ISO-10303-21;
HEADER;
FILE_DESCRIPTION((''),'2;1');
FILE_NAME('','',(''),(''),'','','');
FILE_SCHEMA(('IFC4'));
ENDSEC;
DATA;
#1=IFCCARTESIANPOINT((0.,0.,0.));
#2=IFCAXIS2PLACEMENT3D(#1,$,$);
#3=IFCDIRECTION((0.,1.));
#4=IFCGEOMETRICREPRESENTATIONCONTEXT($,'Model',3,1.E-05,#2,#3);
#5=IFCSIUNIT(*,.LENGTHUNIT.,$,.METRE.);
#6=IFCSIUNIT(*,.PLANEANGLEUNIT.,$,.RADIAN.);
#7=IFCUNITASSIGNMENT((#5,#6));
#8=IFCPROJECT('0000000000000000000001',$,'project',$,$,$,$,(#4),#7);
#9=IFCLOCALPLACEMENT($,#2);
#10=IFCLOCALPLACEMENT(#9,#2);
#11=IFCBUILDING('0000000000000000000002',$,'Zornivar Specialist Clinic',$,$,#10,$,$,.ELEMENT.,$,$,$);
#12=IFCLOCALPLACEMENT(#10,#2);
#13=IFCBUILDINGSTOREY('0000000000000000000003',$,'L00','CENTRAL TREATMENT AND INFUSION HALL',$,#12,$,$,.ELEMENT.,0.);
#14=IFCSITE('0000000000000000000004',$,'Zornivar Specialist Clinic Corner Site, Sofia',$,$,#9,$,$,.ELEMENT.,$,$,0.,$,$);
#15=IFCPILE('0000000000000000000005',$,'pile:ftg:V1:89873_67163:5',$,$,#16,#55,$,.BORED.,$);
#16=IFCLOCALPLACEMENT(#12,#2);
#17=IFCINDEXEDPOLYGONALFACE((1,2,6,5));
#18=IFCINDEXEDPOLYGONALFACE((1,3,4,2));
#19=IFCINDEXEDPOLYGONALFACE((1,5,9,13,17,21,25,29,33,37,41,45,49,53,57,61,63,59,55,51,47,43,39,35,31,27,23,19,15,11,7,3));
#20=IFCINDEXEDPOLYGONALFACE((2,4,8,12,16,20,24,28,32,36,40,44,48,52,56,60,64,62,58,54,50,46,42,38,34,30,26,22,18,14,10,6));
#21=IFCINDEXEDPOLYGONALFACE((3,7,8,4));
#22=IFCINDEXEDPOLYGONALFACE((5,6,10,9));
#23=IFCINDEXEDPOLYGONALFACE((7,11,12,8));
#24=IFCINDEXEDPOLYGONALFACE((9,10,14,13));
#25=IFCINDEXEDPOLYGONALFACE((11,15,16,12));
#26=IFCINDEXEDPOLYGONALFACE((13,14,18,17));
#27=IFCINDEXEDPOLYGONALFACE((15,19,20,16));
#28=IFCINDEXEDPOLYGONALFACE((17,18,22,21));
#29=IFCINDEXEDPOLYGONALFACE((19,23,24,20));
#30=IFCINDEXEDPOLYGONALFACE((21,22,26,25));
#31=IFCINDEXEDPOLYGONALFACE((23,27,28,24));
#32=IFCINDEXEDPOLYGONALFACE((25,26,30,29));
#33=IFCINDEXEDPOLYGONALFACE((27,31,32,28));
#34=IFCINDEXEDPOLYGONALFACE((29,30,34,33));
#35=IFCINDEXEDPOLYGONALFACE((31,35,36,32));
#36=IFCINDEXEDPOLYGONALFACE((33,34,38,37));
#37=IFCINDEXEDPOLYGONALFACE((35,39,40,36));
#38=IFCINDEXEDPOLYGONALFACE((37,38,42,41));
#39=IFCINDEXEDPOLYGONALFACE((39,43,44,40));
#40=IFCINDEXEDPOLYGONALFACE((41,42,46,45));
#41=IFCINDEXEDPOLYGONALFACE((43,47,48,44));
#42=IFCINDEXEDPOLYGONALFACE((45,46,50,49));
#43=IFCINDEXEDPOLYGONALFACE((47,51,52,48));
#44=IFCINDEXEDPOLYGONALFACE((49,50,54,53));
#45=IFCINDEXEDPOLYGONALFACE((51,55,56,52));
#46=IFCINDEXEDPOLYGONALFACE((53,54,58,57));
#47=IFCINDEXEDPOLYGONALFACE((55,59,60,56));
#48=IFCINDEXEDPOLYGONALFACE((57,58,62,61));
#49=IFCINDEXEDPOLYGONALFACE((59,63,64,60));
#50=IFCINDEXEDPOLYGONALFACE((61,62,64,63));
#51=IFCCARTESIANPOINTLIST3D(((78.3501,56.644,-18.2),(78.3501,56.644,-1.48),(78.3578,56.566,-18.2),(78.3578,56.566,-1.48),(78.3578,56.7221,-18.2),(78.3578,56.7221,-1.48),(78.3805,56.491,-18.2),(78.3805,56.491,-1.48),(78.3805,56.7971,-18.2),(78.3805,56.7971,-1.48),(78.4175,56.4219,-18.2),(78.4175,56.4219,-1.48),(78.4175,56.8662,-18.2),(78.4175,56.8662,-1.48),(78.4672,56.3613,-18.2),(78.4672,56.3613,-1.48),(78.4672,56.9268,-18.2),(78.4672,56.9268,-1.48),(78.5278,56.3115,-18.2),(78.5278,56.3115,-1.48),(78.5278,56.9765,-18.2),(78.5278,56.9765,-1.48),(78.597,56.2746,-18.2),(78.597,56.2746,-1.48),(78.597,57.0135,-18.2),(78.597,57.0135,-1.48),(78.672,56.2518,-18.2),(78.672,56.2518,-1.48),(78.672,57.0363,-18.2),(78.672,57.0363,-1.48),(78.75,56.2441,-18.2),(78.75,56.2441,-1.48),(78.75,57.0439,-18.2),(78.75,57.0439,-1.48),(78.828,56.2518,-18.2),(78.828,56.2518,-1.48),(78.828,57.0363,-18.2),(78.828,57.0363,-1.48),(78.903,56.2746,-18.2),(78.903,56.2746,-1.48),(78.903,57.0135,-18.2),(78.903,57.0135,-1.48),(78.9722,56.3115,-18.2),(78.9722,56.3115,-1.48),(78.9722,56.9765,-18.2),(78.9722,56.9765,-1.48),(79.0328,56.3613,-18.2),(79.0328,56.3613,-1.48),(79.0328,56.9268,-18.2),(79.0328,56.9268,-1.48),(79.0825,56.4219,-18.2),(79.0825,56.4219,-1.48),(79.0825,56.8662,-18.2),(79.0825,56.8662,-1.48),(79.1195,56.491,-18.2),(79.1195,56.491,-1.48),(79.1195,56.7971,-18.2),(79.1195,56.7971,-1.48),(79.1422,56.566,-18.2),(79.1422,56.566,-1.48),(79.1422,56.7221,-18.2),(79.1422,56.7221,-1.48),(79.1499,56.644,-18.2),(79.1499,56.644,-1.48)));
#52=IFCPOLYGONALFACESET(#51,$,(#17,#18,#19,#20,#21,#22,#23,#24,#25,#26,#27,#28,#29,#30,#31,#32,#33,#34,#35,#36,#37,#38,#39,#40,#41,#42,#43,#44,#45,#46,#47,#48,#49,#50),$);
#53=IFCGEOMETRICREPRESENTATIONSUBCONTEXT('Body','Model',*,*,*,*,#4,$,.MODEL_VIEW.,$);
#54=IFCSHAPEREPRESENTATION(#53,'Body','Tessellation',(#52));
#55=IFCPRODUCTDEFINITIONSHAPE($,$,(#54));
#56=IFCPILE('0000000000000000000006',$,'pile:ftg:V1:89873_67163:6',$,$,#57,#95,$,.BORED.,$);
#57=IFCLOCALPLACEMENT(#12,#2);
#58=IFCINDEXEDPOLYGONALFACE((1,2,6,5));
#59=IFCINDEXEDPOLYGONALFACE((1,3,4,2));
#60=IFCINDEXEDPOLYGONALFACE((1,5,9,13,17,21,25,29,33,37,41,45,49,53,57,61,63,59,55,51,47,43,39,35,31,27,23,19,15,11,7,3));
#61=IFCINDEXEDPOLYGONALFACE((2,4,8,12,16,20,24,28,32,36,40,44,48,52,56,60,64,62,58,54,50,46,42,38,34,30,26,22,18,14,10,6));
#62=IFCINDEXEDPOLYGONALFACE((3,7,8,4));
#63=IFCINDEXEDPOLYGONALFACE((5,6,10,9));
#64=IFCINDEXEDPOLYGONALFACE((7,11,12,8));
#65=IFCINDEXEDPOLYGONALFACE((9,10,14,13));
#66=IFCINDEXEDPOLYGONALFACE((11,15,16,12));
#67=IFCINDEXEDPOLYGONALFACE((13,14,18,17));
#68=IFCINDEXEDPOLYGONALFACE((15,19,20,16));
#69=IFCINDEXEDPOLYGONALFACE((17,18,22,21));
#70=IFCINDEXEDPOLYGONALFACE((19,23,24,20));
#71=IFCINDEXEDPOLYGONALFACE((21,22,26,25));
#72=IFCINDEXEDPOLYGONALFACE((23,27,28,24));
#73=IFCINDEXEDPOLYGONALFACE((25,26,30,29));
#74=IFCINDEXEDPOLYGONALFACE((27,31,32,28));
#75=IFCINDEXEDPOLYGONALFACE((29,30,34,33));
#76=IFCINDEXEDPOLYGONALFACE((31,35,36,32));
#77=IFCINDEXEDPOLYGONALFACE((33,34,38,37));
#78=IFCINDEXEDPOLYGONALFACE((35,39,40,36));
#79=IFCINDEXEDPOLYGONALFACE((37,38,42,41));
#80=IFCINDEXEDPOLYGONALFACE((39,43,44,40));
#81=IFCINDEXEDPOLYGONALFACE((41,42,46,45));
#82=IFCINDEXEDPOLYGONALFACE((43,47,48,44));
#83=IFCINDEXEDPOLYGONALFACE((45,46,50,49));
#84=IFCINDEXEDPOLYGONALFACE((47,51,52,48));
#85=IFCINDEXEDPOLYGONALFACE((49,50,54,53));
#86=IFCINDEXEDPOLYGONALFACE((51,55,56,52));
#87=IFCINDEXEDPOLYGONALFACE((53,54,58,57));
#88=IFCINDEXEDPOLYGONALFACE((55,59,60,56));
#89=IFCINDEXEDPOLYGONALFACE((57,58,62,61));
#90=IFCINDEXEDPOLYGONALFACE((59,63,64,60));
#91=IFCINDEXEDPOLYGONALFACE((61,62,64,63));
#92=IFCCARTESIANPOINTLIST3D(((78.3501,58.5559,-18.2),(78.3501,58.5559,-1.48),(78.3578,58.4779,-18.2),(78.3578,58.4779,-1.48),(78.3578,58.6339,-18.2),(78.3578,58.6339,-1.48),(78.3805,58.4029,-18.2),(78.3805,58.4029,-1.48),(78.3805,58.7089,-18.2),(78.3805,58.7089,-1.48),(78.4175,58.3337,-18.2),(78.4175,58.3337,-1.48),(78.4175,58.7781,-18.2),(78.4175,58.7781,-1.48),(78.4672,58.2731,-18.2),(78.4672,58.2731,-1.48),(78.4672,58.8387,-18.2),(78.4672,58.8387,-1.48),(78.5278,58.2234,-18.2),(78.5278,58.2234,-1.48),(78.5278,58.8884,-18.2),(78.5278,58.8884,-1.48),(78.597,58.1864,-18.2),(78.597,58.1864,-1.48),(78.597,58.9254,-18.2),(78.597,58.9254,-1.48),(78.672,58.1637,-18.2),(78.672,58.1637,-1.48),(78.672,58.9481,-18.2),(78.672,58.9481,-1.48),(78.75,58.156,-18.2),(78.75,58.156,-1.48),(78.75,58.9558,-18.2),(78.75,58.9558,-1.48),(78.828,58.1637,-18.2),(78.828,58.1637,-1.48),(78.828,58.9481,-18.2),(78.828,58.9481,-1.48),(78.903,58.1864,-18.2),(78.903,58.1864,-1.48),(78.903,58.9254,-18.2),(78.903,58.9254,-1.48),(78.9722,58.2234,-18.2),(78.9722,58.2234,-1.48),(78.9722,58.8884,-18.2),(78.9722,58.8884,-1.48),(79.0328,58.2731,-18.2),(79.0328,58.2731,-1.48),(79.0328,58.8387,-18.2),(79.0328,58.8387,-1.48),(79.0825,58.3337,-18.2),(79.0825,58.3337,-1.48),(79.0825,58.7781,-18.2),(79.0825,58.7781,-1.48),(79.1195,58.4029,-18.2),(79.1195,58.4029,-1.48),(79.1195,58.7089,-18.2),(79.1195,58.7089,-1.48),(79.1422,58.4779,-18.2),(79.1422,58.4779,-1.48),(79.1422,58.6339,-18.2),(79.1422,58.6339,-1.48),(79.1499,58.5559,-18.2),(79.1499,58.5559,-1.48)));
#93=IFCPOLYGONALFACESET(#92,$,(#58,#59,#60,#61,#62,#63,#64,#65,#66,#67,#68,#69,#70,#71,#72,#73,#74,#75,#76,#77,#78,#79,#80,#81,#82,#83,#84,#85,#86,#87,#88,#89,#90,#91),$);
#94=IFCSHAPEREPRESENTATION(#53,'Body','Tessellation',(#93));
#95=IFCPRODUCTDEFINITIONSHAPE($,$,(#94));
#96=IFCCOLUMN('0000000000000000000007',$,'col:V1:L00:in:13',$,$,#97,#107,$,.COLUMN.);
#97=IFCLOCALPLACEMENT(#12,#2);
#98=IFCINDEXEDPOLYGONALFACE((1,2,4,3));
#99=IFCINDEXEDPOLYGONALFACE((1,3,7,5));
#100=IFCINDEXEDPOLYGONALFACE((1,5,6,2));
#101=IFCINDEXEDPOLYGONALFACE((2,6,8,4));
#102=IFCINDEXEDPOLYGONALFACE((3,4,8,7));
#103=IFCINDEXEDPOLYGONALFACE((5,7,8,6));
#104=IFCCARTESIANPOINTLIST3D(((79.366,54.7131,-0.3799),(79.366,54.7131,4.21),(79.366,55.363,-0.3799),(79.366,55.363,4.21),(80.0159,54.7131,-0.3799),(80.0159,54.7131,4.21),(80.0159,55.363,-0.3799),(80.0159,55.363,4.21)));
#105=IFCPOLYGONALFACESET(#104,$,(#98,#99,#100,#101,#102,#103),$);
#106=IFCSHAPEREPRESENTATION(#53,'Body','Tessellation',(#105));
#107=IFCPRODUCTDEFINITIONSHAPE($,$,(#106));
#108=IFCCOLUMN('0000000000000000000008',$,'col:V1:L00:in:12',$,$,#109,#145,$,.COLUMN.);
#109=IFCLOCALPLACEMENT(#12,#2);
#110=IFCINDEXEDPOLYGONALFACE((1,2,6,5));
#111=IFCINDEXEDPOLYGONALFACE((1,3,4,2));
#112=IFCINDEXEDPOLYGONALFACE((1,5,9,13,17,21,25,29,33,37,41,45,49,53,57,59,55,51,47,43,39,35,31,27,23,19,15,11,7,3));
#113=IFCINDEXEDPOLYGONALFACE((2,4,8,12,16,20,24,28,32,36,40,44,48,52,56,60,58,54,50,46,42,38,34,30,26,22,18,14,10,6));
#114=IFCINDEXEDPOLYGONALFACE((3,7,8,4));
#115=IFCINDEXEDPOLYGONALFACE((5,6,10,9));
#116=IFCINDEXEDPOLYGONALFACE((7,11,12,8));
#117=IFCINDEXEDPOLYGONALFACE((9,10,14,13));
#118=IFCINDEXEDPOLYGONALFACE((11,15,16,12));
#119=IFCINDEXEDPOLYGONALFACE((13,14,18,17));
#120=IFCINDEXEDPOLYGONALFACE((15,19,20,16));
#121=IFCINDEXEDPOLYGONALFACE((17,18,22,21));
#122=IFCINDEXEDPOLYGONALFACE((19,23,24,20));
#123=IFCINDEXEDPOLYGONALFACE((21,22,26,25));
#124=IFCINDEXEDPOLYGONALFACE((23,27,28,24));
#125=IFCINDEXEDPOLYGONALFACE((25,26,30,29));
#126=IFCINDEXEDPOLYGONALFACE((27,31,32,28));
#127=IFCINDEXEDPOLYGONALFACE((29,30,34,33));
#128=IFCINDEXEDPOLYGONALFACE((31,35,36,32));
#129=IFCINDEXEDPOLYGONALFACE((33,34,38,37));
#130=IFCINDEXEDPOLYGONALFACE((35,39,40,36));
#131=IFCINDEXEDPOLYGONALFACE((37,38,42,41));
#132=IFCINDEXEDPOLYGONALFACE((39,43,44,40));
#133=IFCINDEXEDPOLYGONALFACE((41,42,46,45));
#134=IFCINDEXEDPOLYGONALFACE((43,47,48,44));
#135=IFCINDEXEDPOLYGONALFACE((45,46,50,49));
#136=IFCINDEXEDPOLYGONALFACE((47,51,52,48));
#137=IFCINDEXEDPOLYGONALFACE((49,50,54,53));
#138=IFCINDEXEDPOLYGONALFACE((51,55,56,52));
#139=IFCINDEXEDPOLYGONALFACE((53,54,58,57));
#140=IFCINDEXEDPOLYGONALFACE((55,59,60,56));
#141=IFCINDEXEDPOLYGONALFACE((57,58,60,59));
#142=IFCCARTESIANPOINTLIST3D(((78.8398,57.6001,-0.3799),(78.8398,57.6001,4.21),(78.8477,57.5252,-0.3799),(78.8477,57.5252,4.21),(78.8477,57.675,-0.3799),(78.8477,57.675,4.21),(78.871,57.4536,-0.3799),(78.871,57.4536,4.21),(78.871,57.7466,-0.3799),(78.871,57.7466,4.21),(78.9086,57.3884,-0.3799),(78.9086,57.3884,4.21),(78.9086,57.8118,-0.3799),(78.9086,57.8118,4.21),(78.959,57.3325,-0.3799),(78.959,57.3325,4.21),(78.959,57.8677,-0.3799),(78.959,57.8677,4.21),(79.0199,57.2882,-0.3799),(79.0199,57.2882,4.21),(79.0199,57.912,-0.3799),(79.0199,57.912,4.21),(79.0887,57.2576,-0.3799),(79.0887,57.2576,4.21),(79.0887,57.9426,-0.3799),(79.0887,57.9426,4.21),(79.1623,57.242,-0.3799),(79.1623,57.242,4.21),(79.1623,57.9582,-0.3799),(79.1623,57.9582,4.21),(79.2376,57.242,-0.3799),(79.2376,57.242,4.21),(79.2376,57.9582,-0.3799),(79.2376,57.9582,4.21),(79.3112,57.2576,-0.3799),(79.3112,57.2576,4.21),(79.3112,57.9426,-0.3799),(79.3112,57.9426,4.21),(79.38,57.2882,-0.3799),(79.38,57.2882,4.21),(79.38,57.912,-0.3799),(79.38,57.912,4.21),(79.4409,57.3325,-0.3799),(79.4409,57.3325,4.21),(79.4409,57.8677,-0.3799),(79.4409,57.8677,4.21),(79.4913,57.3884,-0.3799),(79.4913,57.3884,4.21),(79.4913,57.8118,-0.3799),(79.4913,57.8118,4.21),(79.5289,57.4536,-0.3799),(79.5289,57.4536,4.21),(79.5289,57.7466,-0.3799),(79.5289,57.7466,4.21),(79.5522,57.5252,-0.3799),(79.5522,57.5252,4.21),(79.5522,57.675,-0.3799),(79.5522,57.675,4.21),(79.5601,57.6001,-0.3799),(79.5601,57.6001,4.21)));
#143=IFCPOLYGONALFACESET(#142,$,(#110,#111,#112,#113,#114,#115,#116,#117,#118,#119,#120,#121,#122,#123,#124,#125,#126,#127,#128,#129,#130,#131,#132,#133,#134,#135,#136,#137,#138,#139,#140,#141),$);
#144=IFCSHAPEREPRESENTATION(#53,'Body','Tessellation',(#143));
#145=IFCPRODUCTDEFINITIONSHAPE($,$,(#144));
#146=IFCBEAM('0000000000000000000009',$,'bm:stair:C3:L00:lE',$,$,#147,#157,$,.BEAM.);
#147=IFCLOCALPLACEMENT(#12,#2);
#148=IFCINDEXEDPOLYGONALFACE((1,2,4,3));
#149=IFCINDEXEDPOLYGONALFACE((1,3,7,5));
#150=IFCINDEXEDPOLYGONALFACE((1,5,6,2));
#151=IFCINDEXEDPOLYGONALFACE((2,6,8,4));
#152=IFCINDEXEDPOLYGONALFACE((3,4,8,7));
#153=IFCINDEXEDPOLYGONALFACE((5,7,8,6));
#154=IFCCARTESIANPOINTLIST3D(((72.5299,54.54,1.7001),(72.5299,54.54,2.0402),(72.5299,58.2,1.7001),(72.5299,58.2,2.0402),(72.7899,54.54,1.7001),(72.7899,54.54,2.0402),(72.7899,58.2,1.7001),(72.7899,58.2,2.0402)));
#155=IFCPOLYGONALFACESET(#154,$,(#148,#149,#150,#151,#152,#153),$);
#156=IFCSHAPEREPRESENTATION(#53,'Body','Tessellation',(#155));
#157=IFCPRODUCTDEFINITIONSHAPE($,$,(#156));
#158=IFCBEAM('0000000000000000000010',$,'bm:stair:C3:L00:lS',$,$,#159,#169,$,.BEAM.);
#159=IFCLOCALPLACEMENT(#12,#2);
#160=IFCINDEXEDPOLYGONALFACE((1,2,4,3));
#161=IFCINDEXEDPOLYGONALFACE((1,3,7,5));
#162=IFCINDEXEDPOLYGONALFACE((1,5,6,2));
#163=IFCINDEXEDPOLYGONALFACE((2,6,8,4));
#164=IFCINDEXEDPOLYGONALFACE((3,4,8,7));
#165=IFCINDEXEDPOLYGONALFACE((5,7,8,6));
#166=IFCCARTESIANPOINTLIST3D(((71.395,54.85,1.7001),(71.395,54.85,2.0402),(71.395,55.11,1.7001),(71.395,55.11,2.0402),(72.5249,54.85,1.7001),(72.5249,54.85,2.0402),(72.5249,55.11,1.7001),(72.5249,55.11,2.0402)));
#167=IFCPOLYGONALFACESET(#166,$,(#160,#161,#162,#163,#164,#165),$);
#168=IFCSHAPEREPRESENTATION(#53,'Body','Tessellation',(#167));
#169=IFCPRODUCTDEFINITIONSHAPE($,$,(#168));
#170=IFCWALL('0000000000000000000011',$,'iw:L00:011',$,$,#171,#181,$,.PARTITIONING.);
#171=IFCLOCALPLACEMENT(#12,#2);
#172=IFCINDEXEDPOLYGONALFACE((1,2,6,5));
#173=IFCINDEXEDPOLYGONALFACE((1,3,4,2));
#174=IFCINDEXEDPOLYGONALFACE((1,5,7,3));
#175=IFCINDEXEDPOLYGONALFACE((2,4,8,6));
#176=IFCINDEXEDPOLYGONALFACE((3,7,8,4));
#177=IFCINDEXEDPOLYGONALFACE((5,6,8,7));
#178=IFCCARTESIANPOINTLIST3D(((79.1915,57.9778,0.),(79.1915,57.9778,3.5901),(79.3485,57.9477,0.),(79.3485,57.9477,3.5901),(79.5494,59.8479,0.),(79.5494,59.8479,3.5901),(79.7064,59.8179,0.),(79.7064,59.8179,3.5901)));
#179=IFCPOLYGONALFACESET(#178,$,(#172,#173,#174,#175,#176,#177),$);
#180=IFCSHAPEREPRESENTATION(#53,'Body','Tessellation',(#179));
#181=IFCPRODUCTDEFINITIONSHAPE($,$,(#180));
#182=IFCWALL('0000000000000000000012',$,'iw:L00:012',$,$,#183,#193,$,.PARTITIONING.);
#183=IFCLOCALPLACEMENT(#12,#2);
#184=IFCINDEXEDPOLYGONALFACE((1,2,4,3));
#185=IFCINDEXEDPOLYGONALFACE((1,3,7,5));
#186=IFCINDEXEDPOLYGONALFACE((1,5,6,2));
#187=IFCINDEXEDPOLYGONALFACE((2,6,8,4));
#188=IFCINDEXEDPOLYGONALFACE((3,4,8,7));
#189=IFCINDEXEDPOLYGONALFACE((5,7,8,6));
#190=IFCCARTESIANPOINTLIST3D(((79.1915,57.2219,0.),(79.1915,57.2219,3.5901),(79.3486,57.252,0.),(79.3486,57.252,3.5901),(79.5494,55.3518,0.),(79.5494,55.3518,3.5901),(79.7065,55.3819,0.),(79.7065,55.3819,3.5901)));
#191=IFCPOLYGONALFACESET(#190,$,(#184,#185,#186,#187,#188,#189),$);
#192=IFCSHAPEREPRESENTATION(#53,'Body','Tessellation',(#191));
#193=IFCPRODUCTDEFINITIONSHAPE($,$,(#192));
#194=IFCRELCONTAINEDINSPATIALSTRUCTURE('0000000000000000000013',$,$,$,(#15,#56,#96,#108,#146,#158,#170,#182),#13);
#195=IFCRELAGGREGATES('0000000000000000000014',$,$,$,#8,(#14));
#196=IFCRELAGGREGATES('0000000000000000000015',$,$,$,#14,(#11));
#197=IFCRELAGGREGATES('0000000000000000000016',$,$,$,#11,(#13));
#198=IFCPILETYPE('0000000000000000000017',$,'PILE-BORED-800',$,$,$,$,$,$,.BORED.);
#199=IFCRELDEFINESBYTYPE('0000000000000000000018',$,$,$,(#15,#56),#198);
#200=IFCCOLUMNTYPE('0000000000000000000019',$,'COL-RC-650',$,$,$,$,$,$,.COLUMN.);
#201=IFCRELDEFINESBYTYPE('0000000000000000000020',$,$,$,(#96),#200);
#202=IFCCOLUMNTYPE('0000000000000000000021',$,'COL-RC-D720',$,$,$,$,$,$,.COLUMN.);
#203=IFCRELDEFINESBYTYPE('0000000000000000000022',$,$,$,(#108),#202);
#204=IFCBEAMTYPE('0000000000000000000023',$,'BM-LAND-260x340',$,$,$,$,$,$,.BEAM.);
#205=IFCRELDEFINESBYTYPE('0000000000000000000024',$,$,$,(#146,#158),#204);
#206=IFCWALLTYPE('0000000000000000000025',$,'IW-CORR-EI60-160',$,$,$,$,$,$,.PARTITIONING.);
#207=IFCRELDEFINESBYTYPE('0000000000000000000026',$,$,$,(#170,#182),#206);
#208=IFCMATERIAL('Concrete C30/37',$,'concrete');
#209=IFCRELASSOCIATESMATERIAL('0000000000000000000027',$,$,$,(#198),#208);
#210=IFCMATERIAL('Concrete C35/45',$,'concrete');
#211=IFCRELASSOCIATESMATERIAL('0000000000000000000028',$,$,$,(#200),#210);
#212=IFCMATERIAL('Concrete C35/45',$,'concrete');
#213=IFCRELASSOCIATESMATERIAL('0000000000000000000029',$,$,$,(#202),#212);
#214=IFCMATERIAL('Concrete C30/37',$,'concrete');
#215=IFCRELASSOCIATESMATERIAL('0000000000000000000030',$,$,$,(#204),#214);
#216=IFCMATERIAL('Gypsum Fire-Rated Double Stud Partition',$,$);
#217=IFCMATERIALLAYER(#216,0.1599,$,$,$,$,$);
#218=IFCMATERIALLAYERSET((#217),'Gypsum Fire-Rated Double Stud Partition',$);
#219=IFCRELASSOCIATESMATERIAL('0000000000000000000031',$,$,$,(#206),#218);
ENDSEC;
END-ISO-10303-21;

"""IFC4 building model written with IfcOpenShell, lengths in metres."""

from ifc_helpers import new_model, si_unit, direction, frame, frame_2d, origin, origin_2d, place, context, subcontext, project, spatial, rectangle, circle, extrude, material, layer, layer_set, material_profile, profile_set, type_object, element, save


model = new_model("IFC4")

# Units and contexts
model_context = context("Model", 3, precision=1e-05, world=origin(), true_north=direction((0.0, 1.0)))
body_context = subcontext(model_context, "Body", "Model", "MODEL_VIEW")
ifc_project = project(units=[si_unit("LENGTHUNIT", "METRE"), si_unit("PLANEANGLEUNIT", "RADIAN")], contexts=[model_context])

# Site, building, storey
site_placement = place(None, origin())
site = spatial("IfcSite", under=ifc_project, at=site_placement, Name="Zornivar Specialist Clinic Corner Site, Sofia", CompositionType="ELEMENT", RefElevation=0.0)
building_placement = place(site_placement, origin())
building = spatial("IfcBuilding", under=site, at=building_placement, Name="Zornivar Specialist Clinic", CompositionType="ELEMENT")
storey_placement = place(building_placement, origin())
storey = spatial("IfcBuildingStorey", under=building, at=storey_placement, Name="L00", Description="CENTRAL TREATMENT AND INFUSION HALL", CompositionType="ELEMENT", Elevation=0.0)

# Piles
ifc_material_1 = material(Name="Concrete C30/37", Category="concrete")
ifc_material_profile_1 = material_profile(ifc_material_1, circle(Radius=0.3999, at=origin_2d()), Name="PILE D800")
ifc_profile_set_1 = profile_set([ifc_material_profile_1], Name="Concrete C30/37")
pile_type_1 = type_object("IfcPileType", Name="PILE-BORED-800", PredefinedType="BORED", material=ifc_profile_set_1)
for number, where, z_axis, x_axis, name in (
    (1, (78.75, 56.644, -1.48), (0.0, 0.0, -1.0), (1.0, 0.0, 0.0), "pile:ftg:V1:89873_67163:5"),
    (2, (78.75, 58.5559, -1.48), (0.0, 0.0, -1.0), (1.0, 0.0, 0.0), "pile:ftg:V1:89873_67163:6"),
):
    element("IfcPile", number, at=place(storey_placement, frame(where, z_axis=z_axis, x_axis=x_axis)), inside=storey, type_object=pile_type_1, Name=name, PredefinedType="BORED", context=body_context, shape_type="SweptSolid", body=[
        extrude(circle(Radius=0.3999, at=origin_2d()), origin(), (0.0, 0.0, 1.0), 16.72),
    ])

# Columns
ifc_material_2 = material(Name="Concrete C35/45", Category="concrete")
ifc_material_profile_2 = material_profile(ifc_material_2, rectangle(XDim=0.6499, YDim=0.6499, at=origin_2d()), Name="RC 650x650")
ifc_profile_set_2 = profile_set([ifc_material_profile_2], Name="Concrete C35/45")
column_type_1 = type_object("IfcColumnType", Name="COL-RC-650", PredefinedType="COLUMN", material=ifc_profile_set_2)
column_1_placement = place(storey_placement, frame((79.6909, 55.0381, -0.3799), z_axis=(0.0, 0.0, 1.0), x_axis=(1.0, 0.0, 0.0)))
element("IfcColumn", 3, at=column_1_placement, inside=storey, type_object=column_type_1, Name="col:V1:L00:in:13", PredefinedType="COLUMN", context=body_context, shape_type="SweptSolid", body=[
    extrude(rectangle(XDim=0.6499, YDim=0.6499, at=origin_2d()), origin(), (0.0, 0.0, 1.0), 4.5898),
])
ifc_material_3 = material(Name="Concrete C35/45", Category="concrete")
ifc_material_profile_3 = material_profile(ifc_material_3, circle(Radius=0.3601, at=origin_2d()), Name="RC D720")
ifc_profile_set_3 = profile_set([ifc_material_profile_3], Name="Concrete C35/45")
column_type_2 = type_object("IfcColumnType", Name="COL-RC-D720", PredefinedType="COLUMN", material=ifc_profile_set_3)
column_2_placement = place(storey_placement, frame((79.2, 57.6001, -0.3799), z_axis=(0.0, 0.0, 1.0), x_axis=(1.0, 0.0, 0.0)))
element("IfcColumn", 4, at=column_2_placement, inside=storey, type_object=column_type_2, Name="col:V1:L00:in:12", PredefinedType="COLUMN", context=body_context, shape_type="SweptSolid", body=[
    extrude(circle(Radius=0.3601, at=origin_2d()), origin(), (0.0, 0.0, 1.0), 4.5898),
])

# Beams
ifc_material_4 = material(Name="Concrete C30/37", Category="concrete")
ifc_material_profile_4 = material_profile(ifc_material_4, rectangle(XDim=0.26, YDim=0.3401, at=origin_2d()), Name="RC 260x340")
ifc_profile_set_4 = profile_set([ifc_material_profile_4], Name="Concrete C30/37")
beam_type = type_object("IfcBeamType", Name="BM-LAND-260x340", PredefinedType="BEAM", material=ifc_profile_set_4)
beam_1_placement = place(storey_placement, frame((72.6599, 54.54, 1.8701), z_axis=(0.0, 1.0, 0.0), x_axis=(-1.0, 0.0, 0.0)))
element("IfcBeam", 5, at=beam_1_placement, inside=storey, type_object=beam_type, Name="bm:stair:C3:L00:lE", PredefinedType="BEAM", context=body_context, shape_type="SweptSolid", body=[
    extrude(rectangle(XDim=0.26, YDim=0.3401, at=origin_2d()), origin(), (0.0, 0.0, 1.0), 3.6599),
])
beam_2_placement = place(storey_placement, frame((71.395, 54.98, 1.8701), z_axis=(1.0, 0.0, 0.0), x_axis=(0.0, 1.0, 0.0)))
element("IfcBeam", 6, at=beam_2_placement, inside=storey, type_object=beam_type, Name="bm:stair:C3:L00:lS", PredefinedType="BEAM", context=body_context, shape_type="SweptSolid", body=[
    extrude(rectangle(XDim=0.26, YDim=0.3401, at=origin_2d()), origin(), (0.0, 0.0, 1.0), 1.1299),
])

# Walls
ifc_material_5 = material(Name="Gypsum Fire-Rated Double Stud Partition")
ifc_layer_1 = layer(ifc_material_5, 0.1599)
ifc_layer_set_1 = layer_set([ifc_layer_1], Name="Gypsum Fire-Rated Double Stud Partition")
wall_type_1 = type_object("IfcWallType", Name="IW-CORR-EI60-160", PredefinedType="PARTITIONING", material=ifc_layer_set_1)
for number, where, z_axis, x_axis, name in (
    (7, (79.6279, 59.833, 0.0), (0.0, 0.0, 1.0), (-0.187972, -0.982174, 0.0), "iw:L00:011"),
    (8, (79.27, 57.2371, 0.0), (0.0, 0.0, 1.0), (0.187972, -0.982174, 0.0), "iw:L00:012"),
):
    element("IfcWall", number, at=place(storey_placement, frame(where, z_axis=z_axis, x_axis=x_axis)), inside=storey, type_object=wall_type_1, Name=name, PredefinedType="PARTITIONING", context=body_context, shape_type="SweptSolid", body=[
        extrude(rectangle(XDim=1.9041, YDim=0.1599, at=frame_2d((0.9521, 0.0))), origin(), (0.0, 0.0, 1.0), 3.5901),
    ])

save(model, "model.ifc")
